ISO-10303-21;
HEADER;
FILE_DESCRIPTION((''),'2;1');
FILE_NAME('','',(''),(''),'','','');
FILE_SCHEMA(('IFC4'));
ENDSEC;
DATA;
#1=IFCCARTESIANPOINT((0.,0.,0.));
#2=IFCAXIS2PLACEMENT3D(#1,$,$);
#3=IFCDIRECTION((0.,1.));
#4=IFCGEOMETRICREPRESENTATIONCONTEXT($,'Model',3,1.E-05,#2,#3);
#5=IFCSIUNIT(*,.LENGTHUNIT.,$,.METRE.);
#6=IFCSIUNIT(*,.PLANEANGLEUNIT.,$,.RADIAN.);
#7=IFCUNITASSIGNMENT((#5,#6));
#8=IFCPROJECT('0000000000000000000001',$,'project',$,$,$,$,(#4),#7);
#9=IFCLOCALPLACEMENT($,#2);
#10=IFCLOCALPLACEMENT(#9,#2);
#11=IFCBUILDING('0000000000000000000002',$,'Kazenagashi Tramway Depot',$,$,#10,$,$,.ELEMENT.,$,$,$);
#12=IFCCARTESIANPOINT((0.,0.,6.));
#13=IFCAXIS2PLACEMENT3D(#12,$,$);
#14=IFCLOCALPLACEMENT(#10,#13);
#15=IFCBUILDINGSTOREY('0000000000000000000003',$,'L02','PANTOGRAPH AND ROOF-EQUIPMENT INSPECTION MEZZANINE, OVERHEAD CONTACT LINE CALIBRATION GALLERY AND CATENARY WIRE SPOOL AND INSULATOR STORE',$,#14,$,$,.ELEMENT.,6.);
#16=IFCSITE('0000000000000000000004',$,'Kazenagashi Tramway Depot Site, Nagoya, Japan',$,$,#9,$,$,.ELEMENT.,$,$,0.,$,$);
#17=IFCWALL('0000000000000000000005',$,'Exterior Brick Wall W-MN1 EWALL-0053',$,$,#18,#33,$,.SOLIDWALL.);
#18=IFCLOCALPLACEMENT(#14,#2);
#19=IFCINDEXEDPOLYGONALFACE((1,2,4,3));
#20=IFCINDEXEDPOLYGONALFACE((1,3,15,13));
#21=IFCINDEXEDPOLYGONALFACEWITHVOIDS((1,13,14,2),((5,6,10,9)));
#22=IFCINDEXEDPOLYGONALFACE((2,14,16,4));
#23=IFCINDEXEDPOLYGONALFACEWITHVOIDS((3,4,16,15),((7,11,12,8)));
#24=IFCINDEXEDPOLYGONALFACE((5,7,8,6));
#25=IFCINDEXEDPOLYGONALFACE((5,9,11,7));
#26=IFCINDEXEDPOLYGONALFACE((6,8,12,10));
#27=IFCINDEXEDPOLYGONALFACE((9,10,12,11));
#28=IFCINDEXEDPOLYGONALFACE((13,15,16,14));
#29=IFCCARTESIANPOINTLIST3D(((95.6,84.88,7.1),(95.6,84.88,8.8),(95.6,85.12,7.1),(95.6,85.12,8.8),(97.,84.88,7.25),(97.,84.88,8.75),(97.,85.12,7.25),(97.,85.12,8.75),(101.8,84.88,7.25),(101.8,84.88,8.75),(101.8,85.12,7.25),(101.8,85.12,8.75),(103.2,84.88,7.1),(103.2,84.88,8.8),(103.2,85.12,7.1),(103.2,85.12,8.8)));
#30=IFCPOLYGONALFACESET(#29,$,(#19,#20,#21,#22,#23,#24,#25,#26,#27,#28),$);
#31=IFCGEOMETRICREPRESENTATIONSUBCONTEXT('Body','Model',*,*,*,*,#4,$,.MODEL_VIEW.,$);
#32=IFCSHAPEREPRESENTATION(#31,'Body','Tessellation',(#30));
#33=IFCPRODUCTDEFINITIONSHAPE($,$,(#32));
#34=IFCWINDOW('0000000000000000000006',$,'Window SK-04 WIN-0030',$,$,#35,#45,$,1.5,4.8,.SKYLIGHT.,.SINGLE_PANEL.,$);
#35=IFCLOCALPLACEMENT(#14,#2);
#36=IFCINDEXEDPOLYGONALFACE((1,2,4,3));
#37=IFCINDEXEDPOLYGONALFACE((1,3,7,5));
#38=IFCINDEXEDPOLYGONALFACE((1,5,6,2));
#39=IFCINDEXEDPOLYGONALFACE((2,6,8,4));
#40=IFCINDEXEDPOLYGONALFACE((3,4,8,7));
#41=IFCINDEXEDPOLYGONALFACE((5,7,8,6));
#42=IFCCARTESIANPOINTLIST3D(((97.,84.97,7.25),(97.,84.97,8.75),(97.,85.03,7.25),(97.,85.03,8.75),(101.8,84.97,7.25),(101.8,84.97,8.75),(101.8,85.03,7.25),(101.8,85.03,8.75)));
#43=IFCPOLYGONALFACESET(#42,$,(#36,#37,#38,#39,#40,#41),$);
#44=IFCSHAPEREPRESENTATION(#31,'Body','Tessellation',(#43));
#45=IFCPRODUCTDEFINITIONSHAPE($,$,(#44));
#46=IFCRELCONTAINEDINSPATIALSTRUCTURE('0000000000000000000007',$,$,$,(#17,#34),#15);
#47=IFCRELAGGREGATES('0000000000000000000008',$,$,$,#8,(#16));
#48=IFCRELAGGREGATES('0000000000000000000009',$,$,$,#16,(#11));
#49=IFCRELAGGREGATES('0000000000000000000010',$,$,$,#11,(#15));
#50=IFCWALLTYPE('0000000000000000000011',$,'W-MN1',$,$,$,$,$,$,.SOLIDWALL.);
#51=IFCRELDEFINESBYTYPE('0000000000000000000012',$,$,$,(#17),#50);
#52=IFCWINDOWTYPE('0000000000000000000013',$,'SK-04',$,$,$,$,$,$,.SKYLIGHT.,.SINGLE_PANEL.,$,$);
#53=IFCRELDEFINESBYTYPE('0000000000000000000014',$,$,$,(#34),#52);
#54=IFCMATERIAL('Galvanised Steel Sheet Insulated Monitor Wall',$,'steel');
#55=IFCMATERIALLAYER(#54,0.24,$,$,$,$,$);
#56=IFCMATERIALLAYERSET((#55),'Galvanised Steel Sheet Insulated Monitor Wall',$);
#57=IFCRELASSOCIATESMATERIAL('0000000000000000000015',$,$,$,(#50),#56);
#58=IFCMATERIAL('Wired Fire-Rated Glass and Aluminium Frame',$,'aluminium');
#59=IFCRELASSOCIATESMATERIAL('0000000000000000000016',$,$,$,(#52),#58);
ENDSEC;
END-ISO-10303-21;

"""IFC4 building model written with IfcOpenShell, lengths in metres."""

from ifc_helpers import new_model, si_unit, direction, frame, frame_2d, origin, place, context, subcontext, project, spatial, rectangle, extrude, material, layer, layer_set, type_object, element, fill, save


model = new_model("IFC4")

# Units and contexts
model_context = context("Model", 3, precision=1e-05, world=origin(), true_north=direction((0.0, 1.0)))
body_context = subcontext(model_context, "Body", "Model", "MODEL_VIEW")
ifc_project = project(units=[si_unit("LENGTHUNIT", "METRE"), si_unit("PLANEANGLEUNIT", "RADIAN")], contexts=[model_context])

# Site, building, storey
site_placement = place(None, origin())
site = spatial("IfcSite", under=ifc_project, at=site_placement, Name="Kazenagashi Tramway Depot Site, Nagoya, Japan", CompositionType="ELEMENT", RefElevation=0.0)
building_placement = place(site_placement, origin())
building = spatial("IfcBuilding", under=site, at=building_placement, Name="Kazenagashi Tramway Depot", CompositionType="ELEMENT")
storey_placement = place(building_placement, frame((0.0, 0.0, 6.0)))
storey = spatial("IfcBuildingStorey", under=building, at=storey_placement, Name="L02", Description="PANTOGRAPH AND ROOF-EQUIPMENT INSPECTION MEZZANINE, OVERHEAD CONTACT LINE CALIBRATION GALLERY AND CATENARY WIRE SPOOL AND INSULATOR STORE", CompositionType="ELEMENT", Elevation=6.0)

# Wall, opening, window
ifc_material_1 = material(Name="Galvanised Steel Sheet Insulated Monitor Wall", Category="steel")
ifc_layer_1 = layer(ifc_material_1, 0.24)
ifc_layer_set_1 = layer_set([ifc_layer_1], Name="Galvanised Steel Sheet Insulated Monitor Wall")
wall_type = type_object("IfcWallType", Name="W-MN1", PredefinedType="SOLIDWALL", material=ifc_layer_set_1)
wall_placement = place(storey_placement, frame((95.6, 85.0, 7.1), z_axis=(0.0, 0.0, 1.0), x_axis=(1.0, 0.0, 0.0)))
wall = element("IfcWall", 1, at=wall_placement, inside=storey, type_object=wall_type, Name="Exterior Brick Wall W-MN1 EWALL-0053", PredefinedType="SOLIDWALL", context=body_context, shape_type="SweptSolid", body=[
    extrude(rectangle(XDim=7.6, YDim=0.24, at=frame_2d((3.8, 0.0))), origin(), (0.0, 0.0, 1.0), 1.7),
])
opening_placement = place(wall_placement, frame((1.4, 0.0, 0.15)))
opening = element("IfcOpeningElement", 2, at=opening_placement, cuts=wall, PredefinedType="OPENING", context=body_context, shape_type="SweptSolid", body=[
    extrude(rectangle(XDim=4.8, YDim=1.5, at=frame_2d((2.4, 0.75))), frame((0.0, 0.13, 0.0), z_axis=(0.0, -1.0, 0.0), x_axis=(1.0, 0.0, 0.0)), (0.0, 0.0, 1.0), 0.26),
])
ifc_material_2 = material(Name="Wired Fire-Rated Glass and Aluminium Frame", Category="aluminium")
window_type = type_object("IfcWindowType", Name="SK-04", PartitioningType="SINGLE_PANEL", PredefinedType="SKYLIGHT", material=ifc_material_2)
window_placement = place(opening_placement, origin())
window = element("IfcWindow", 3, at=window_placement, inside=storey, type_object=window_type, Name="Window SK-04 WIN-0030", OverallHeight=1.5, OverallWidth=4.8, PartitioningType="SINGLE_PANEL", PredefinedType="SKYLIGHT", context=body_context, shape_type="SweptSolid", body=[
    extrude(rectangle(XDim=4.8, YDim=1.5, at=frame_2d((2.4, 0.75))), frame((0.0, 0.03, 0.0), z_axis=(0.0, -1.0, 0.0), x_axis=(1.0, 0.0, 0.0)), (0.0, 0.0, 1.0), 0.06),
])
fill(opening, window)

save(model, "model.ifc")
